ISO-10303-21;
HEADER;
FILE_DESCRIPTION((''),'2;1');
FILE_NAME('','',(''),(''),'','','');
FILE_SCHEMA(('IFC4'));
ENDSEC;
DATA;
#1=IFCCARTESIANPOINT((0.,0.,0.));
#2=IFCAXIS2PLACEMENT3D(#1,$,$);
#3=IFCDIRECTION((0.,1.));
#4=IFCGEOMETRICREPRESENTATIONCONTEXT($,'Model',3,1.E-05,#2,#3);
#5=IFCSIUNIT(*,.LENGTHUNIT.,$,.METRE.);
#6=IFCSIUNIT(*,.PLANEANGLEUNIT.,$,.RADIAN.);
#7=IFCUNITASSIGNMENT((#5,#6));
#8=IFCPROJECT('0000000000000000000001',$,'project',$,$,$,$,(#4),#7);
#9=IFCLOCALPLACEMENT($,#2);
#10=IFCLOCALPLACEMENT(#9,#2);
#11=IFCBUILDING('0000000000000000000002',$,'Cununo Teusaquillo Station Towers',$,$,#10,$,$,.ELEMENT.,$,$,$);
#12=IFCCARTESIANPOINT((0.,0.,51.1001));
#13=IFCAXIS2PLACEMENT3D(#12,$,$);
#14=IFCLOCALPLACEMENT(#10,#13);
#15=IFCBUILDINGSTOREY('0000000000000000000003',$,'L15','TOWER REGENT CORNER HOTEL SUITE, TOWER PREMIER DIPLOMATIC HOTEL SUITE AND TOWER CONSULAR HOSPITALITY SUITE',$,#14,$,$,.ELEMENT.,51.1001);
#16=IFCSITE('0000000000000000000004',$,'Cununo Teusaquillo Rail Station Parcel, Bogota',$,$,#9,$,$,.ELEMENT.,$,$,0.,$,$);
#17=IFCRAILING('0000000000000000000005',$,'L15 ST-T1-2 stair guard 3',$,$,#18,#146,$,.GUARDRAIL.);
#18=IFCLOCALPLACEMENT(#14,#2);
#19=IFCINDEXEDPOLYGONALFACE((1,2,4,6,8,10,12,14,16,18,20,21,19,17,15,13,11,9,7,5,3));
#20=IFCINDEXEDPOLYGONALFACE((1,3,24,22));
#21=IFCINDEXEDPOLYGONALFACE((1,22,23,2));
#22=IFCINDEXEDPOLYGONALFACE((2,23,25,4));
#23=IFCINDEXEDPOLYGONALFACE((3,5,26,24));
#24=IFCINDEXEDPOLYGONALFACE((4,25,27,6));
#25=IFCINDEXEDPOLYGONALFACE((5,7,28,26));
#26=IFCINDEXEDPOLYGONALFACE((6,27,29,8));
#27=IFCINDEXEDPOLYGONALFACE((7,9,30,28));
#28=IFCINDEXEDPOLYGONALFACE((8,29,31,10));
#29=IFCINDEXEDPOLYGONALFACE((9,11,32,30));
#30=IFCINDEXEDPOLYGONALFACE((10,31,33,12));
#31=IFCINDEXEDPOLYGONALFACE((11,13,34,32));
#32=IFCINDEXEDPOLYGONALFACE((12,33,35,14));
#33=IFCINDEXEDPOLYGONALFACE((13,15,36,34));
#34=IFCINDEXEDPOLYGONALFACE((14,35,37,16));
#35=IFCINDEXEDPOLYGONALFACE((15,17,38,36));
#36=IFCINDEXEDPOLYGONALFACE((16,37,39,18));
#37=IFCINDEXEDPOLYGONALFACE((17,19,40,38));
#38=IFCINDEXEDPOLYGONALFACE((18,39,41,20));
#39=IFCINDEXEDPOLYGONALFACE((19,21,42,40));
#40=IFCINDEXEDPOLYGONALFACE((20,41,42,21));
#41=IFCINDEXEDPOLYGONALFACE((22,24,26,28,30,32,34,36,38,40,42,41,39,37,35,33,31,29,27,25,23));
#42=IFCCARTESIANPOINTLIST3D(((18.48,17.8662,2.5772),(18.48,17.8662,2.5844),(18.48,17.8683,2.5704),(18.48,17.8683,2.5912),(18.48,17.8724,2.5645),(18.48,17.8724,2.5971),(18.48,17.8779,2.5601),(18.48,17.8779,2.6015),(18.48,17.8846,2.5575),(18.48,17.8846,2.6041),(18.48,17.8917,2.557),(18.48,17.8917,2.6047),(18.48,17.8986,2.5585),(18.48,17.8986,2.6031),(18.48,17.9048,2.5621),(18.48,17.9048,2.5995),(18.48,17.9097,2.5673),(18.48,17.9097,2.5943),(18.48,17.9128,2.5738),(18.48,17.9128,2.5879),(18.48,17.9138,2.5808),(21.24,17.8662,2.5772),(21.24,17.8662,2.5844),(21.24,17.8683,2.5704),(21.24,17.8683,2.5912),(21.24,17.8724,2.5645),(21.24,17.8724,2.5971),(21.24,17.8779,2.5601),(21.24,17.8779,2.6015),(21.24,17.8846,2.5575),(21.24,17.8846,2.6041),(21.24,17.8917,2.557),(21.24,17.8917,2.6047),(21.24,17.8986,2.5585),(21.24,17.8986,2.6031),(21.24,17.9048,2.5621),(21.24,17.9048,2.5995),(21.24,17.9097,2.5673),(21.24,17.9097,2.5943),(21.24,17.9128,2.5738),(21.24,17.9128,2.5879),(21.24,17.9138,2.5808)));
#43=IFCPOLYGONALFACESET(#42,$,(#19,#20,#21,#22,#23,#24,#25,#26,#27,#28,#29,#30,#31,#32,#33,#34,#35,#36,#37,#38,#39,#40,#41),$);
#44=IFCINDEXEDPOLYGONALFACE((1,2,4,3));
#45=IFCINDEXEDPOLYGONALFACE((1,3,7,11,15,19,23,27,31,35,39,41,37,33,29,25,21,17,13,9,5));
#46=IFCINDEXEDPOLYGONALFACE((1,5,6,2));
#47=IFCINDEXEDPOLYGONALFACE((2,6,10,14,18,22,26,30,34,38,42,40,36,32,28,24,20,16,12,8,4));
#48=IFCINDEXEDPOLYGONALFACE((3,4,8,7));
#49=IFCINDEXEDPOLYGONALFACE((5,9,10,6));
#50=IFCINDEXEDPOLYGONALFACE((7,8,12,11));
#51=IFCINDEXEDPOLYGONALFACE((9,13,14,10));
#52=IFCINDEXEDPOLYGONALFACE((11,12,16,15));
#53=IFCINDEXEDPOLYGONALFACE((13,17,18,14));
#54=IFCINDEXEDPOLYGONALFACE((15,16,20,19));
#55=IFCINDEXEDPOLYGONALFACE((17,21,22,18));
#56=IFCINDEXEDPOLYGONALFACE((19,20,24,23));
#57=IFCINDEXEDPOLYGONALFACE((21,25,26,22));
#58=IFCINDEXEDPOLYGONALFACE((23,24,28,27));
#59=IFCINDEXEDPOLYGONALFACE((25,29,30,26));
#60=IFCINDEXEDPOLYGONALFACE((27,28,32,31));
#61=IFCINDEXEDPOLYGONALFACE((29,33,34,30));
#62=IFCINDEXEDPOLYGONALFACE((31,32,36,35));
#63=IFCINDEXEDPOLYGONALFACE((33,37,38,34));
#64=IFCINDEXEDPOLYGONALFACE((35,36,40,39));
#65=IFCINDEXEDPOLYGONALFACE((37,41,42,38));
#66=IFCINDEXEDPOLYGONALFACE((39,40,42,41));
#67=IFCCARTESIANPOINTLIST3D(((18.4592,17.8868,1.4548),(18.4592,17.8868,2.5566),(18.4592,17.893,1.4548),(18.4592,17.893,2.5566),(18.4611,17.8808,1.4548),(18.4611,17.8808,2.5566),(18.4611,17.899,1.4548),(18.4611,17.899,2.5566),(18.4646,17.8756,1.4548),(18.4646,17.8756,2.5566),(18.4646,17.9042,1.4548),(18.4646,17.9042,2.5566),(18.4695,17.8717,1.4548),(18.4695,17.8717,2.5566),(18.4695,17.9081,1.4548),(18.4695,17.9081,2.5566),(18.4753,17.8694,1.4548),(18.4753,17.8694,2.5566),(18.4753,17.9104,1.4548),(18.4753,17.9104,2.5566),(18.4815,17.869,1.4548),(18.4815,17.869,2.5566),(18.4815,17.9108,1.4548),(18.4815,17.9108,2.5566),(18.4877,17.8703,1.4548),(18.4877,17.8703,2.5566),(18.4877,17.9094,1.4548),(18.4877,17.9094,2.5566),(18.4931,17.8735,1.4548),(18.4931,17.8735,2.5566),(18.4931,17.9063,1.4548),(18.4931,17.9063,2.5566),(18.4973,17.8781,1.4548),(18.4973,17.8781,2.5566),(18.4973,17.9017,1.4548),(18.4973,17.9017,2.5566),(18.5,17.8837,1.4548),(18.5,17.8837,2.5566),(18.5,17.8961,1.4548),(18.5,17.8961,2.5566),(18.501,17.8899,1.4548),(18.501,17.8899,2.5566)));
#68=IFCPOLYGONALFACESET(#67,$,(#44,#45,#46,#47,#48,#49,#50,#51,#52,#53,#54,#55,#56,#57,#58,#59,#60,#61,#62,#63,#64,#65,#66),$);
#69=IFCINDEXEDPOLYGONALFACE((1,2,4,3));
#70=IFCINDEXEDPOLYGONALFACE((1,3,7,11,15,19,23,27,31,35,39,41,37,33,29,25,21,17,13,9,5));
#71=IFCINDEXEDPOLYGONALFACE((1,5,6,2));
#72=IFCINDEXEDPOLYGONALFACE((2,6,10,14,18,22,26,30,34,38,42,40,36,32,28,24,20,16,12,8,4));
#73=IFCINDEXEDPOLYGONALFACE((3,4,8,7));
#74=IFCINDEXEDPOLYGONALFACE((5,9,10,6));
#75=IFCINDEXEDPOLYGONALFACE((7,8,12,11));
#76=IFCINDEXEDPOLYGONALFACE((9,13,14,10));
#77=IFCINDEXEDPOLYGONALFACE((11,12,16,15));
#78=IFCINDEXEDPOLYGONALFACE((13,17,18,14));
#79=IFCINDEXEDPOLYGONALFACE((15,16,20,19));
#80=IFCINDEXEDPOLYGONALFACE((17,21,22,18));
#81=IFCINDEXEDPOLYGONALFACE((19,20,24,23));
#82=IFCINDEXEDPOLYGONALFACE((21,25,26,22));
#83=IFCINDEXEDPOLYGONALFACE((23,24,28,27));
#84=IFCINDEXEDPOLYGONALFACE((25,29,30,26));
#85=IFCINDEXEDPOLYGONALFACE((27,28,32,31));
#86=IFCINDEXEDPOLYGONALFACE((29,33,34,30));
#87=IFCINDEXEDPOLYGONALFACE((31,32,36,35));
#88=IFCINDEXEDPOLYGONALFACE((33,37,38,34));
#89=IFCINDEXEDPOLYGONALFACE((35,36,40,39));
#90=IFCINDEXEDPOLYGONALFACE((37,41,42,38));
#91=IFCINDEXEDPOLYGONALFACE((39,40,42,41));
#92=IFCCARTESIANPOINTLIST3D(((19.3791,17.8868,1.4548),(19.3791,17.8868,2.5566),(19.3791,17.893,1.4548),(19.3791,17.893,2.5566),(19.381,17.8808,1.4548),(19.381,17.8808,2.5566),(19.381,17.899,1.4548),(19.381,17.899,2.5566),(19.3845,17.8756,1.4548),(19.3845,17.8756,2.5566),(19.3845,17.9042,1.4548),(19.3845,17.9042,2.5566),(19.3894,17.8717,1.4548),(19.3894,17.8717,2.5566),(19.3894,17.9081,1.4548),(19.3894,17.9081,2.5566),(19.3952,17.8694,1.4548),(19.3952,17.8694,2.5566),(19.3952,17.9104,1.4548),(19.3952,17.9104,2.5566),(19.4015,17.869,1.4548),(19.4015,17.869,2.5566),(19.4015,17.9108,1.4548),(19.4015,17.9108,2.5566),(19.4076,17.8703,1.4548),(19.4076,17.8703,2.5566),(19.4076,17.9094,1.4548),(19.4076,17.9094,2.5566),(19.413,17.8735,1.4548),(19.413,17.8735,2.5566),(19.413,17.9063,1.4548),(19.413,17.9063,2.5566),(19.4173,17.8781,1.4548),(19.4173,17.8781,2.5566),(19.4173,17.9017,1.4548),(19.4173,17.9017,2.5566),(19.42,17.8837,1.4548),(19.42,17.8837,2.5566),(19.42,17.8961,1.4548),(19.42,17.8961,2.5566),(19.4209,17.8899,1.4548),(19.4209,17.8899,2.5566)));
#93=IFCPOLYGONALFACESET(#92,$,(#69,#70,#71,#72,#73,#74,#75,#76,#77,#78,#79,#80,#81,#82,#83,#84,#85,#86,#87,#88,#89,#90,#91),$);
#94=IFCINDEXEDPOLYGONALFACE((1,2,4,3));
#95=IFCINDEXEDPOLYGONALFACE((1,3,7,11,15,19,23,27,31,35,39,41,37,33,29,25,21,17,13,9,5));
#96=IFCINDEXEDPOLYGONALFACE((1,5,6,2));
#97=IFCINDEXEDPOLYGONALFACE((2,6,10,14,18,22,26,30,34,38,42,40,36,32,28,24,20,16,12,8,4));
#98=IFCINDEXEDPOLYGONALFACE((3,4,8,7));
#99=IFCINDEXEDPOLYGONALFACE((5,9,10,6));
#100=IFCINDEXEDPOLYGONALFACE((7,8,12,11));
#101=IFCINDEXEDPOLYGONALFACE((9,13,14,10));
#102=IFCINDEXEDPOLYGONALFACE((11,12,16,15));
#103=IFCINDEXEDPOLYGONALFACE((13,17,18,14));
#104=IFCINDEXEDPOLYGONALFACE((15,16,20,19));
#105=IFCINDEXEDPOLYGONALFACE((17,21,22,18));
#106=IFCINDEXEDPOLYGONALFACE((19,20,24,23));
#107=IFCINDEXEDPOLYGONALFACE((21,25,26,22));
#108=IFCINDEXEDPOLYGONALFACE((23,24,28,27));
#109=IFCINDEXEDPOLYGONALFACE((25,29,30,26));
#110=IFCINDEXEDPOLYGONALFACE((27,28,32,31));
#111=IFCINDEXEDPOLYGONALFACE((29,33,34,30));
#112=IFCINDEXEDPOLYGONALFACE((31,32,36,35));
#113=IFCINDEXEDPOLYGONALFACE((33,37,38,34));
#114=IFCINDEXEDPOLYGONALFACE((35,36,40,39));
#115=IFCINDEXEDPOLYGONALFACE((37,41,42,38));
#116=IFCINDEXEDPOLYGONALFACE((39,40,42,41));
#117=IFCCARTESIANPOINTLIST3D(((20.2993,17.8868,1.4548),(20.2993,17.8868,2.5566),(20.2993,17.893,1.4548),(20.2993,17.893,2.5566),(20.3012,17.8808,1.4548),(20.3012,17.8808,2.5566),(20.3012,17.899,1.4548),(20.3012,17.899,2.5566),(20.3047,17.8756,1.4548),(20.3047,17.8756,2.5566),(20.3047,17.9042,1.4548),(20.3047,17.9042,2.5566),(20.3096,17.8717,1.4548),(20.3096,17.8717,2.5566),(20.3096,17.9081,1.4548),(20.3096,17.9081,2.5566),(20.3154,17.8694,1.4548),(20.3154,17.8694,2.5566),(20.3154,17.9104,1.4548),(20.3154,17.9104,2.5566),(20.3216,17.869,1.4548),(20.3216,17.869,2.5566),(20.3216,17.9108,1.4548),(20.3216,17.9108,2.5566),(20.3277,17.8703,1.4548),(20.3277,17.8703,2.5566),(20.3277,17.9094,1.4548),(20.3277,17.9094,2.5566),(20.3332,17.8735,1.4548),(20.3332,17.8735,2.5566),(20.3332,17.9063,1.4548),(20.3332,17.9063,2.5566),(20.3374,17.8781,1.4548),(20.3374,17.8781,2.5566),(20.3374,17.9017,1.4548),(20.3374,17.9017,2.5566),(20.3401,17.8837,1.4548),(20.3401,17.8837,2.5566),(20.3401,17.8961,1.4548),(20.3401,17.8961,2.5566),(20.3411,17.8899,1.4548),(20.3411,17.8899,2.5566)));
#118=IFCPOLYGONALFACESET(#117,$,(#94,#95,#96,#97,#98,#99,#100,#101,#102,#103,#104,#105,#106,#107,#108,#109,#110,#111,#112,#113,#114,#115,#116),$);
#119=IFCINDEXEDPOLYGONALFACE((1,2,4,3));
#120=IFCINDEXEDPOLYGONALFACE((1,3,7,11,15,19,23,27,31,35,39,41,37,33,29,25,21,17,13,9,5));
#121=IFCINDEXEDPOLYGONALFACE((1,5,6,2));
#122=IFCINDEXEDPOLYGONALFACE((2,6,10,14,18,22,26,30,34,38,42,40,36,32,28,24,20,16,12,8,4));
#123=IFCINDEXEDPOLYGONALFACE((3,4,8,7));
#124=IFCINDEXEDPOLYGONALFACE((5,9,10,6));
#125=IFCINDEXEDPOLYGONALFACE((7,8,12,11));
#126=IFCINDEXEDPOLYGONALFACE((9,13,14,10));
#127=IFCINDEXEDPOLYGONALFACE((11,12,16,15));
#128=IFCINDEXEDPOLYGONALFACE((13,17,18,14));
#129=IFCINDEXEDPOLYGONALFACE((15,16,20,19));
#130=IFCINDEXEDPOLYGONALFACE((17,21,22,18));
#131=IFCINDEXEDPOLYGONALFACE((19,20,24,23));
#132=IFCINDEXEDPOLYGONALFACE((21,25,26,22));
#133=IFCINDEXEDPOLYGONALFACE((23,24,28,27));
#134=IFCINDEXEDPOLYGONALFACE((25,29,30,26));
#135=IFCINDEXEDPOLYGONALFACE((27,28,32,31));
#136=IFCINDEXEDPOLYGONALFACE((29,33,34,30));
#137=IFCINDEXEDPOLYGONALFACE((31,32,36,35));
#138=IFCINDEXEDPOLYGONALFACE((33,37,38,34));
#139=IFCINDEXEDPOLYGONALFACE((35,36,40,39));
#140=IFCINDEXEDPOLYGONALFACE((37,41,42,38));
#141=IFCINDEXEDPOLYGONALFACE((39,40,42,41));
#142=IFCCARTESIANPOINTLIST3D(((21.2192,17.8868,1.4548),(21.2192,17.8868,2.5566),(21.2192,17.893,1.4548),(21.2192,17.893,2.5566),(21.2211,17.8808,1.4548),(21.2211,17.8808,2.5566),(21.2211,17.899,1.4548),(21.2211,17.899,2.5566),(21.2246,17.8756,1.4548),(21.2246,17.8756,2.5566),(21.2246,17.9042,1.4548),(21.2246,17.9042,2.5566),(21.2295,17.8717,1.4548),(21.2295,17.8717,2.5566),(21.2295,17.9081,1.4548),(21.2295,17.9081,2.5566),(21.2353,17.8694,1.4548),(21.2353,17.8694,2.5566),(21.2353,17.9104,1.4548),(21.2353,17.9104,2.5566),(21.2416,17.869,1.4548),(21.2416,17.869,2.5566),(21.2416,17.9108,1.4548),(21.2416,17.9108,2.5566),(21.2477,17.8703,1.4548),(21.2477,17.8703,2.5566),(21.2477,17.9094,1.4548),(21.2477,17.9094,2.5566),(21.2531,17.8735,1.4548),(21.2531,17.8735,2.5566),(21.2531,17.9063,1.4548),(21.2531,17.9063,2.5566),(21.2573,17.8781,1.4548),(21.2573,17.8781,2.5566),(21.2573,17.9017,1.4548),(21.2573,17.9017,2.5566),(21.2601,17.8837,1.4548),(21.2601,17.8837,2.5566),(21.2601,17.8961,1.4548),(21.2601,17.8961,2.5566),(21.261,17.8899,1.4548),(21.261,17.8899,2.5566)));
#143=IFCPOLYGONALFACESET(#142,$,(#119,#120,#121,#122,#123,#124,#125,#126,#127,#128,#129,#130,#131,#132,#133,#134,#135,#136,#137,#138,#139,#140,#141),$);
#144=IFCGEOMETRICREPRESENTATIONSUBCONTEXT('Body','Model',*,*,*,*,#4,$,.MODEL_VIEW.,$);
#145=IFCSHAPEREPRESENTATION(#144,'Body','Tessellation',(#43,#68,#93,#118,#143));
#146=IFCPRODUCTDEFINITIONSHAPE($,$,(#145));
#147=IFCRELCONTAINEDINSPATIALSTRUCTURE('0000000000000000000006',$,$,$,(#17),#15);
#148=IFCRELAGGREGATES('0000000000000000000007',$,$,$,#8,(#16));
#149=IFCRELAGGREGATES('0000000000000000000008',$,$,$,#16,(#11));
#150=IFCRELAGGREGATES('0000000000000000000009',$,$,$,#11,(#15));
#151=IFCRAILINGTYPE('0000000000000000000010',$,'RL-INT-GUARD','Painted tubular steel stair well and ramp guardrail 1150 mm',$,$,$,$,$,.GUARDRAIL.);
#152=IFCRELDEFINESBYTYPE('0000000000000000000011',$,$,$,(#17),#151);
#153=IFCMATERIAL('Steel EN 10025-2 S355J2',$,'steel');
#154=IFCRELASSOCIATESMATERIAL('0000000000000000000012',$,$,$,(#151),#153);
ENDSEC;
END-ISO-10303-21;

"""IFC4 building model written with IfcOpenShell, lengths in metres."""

from ifc_helpers import new_model, si_unit, direction, frame, origin, origin_2d, place, context, subcontext, project, spatial, circle, extrude, material, type_object, element, save


model = new_model("IFC4")

# Units and contexts
model_context = context("Model", 3, precision=1e-05, world=origin(), true_north=direction((0.0, 1.0)))
body_context = subcontext(model_context, "Body", "Model", "MODEL_VIEW")
ifc_project = project(units=[si_unit("LENGTHUNIT", "METRE"), si_unit("PLANEANGLEUNIT", "RADIAN")], contexts=[model_context])

# Site, building, storey
site_placement = place(None, origin())
site = spatial("IfcSite", under=ifc_project, at=site_placement, Name="Cununo Teusaquillo Rail Station Parcel, Bogota", CompositionType="ELEMENT", RefElevation=0.0)
building_placement = place(site_placement, origin())
building = spatial("IfcBuilding", under=site, at=building_placement, Name="Cununo Teusaquillo Station Towers", CompositionType="ELEMENT")
storey_placement = place(building_placement, frame((0.0, 0.0, 51.1001)))
storey = spatial("IfcBuildingStorey", under=building, at=storey_placement, Name="L15", Description="TOWER REGENT CORNER HOTEL SUITE, TOWER PREMIER DIPLOMATIC HOTEL SUITE AND TOWER CONSULAR HOSPITALITY SUITE", CompositionType="ELEMENT", Elevation=51.1001)

# Railing
ifc_material_1 = material(Name="Steel EN 10025-2 S355J2", Category="steel")
railing_type_1 = type_object("IfcRailingType", Name="RL-INT-GUARD", Description="Painted tubular steel stair well and ramp guardrail 1150 mm", PredefinedType="GUARDRAIL", material=ifc_material_1)
railing_1_placement = place(storey_placement, frame((18.48, 17.8899, 1.4548)))
element("IfcRailing", 1, at=railing_1_placement, inside=storey, type_object=railing_type_1, Name="L15 ST-T1-2 stair guard 3", PredefinedType="GUARDRAIL", context=body_context, shape_type="SweptSolid", body=[
    extrude(circle(Radius=0.0239, at=origin_2d()), frame((0.0, 0.0, 1.126), z_axis=(1.0, 0.0, 0.0), x_axis=(0.0, 1.0, 0.0)), (0.0, 0.0, 1.0), 2.76),
    extrude(circle(Radius=0.021, at=origin_2d()), origin(), (0.0, 0.0, 1.0), 1.1018),
    extrude(circle(Radius=0.021, at=origin_2d()), frame((0.9199, 0.0, 0.0)), (0.0, 0.0, 1.0), 1.1018),
    extrude(circle(Radius=0.021, at=origin_2d()), frame((1.8401, 0.0, 0.0)), (0.0, 0.0, 1.0), 1.1018),
    extrude(circle(Radius=0.021, at=origin_2d()), frame((2.76, 0.0, 0.0)), (0.0, 0.0, 1.0), 1.1018),
])

save(model, "model.ifc")
